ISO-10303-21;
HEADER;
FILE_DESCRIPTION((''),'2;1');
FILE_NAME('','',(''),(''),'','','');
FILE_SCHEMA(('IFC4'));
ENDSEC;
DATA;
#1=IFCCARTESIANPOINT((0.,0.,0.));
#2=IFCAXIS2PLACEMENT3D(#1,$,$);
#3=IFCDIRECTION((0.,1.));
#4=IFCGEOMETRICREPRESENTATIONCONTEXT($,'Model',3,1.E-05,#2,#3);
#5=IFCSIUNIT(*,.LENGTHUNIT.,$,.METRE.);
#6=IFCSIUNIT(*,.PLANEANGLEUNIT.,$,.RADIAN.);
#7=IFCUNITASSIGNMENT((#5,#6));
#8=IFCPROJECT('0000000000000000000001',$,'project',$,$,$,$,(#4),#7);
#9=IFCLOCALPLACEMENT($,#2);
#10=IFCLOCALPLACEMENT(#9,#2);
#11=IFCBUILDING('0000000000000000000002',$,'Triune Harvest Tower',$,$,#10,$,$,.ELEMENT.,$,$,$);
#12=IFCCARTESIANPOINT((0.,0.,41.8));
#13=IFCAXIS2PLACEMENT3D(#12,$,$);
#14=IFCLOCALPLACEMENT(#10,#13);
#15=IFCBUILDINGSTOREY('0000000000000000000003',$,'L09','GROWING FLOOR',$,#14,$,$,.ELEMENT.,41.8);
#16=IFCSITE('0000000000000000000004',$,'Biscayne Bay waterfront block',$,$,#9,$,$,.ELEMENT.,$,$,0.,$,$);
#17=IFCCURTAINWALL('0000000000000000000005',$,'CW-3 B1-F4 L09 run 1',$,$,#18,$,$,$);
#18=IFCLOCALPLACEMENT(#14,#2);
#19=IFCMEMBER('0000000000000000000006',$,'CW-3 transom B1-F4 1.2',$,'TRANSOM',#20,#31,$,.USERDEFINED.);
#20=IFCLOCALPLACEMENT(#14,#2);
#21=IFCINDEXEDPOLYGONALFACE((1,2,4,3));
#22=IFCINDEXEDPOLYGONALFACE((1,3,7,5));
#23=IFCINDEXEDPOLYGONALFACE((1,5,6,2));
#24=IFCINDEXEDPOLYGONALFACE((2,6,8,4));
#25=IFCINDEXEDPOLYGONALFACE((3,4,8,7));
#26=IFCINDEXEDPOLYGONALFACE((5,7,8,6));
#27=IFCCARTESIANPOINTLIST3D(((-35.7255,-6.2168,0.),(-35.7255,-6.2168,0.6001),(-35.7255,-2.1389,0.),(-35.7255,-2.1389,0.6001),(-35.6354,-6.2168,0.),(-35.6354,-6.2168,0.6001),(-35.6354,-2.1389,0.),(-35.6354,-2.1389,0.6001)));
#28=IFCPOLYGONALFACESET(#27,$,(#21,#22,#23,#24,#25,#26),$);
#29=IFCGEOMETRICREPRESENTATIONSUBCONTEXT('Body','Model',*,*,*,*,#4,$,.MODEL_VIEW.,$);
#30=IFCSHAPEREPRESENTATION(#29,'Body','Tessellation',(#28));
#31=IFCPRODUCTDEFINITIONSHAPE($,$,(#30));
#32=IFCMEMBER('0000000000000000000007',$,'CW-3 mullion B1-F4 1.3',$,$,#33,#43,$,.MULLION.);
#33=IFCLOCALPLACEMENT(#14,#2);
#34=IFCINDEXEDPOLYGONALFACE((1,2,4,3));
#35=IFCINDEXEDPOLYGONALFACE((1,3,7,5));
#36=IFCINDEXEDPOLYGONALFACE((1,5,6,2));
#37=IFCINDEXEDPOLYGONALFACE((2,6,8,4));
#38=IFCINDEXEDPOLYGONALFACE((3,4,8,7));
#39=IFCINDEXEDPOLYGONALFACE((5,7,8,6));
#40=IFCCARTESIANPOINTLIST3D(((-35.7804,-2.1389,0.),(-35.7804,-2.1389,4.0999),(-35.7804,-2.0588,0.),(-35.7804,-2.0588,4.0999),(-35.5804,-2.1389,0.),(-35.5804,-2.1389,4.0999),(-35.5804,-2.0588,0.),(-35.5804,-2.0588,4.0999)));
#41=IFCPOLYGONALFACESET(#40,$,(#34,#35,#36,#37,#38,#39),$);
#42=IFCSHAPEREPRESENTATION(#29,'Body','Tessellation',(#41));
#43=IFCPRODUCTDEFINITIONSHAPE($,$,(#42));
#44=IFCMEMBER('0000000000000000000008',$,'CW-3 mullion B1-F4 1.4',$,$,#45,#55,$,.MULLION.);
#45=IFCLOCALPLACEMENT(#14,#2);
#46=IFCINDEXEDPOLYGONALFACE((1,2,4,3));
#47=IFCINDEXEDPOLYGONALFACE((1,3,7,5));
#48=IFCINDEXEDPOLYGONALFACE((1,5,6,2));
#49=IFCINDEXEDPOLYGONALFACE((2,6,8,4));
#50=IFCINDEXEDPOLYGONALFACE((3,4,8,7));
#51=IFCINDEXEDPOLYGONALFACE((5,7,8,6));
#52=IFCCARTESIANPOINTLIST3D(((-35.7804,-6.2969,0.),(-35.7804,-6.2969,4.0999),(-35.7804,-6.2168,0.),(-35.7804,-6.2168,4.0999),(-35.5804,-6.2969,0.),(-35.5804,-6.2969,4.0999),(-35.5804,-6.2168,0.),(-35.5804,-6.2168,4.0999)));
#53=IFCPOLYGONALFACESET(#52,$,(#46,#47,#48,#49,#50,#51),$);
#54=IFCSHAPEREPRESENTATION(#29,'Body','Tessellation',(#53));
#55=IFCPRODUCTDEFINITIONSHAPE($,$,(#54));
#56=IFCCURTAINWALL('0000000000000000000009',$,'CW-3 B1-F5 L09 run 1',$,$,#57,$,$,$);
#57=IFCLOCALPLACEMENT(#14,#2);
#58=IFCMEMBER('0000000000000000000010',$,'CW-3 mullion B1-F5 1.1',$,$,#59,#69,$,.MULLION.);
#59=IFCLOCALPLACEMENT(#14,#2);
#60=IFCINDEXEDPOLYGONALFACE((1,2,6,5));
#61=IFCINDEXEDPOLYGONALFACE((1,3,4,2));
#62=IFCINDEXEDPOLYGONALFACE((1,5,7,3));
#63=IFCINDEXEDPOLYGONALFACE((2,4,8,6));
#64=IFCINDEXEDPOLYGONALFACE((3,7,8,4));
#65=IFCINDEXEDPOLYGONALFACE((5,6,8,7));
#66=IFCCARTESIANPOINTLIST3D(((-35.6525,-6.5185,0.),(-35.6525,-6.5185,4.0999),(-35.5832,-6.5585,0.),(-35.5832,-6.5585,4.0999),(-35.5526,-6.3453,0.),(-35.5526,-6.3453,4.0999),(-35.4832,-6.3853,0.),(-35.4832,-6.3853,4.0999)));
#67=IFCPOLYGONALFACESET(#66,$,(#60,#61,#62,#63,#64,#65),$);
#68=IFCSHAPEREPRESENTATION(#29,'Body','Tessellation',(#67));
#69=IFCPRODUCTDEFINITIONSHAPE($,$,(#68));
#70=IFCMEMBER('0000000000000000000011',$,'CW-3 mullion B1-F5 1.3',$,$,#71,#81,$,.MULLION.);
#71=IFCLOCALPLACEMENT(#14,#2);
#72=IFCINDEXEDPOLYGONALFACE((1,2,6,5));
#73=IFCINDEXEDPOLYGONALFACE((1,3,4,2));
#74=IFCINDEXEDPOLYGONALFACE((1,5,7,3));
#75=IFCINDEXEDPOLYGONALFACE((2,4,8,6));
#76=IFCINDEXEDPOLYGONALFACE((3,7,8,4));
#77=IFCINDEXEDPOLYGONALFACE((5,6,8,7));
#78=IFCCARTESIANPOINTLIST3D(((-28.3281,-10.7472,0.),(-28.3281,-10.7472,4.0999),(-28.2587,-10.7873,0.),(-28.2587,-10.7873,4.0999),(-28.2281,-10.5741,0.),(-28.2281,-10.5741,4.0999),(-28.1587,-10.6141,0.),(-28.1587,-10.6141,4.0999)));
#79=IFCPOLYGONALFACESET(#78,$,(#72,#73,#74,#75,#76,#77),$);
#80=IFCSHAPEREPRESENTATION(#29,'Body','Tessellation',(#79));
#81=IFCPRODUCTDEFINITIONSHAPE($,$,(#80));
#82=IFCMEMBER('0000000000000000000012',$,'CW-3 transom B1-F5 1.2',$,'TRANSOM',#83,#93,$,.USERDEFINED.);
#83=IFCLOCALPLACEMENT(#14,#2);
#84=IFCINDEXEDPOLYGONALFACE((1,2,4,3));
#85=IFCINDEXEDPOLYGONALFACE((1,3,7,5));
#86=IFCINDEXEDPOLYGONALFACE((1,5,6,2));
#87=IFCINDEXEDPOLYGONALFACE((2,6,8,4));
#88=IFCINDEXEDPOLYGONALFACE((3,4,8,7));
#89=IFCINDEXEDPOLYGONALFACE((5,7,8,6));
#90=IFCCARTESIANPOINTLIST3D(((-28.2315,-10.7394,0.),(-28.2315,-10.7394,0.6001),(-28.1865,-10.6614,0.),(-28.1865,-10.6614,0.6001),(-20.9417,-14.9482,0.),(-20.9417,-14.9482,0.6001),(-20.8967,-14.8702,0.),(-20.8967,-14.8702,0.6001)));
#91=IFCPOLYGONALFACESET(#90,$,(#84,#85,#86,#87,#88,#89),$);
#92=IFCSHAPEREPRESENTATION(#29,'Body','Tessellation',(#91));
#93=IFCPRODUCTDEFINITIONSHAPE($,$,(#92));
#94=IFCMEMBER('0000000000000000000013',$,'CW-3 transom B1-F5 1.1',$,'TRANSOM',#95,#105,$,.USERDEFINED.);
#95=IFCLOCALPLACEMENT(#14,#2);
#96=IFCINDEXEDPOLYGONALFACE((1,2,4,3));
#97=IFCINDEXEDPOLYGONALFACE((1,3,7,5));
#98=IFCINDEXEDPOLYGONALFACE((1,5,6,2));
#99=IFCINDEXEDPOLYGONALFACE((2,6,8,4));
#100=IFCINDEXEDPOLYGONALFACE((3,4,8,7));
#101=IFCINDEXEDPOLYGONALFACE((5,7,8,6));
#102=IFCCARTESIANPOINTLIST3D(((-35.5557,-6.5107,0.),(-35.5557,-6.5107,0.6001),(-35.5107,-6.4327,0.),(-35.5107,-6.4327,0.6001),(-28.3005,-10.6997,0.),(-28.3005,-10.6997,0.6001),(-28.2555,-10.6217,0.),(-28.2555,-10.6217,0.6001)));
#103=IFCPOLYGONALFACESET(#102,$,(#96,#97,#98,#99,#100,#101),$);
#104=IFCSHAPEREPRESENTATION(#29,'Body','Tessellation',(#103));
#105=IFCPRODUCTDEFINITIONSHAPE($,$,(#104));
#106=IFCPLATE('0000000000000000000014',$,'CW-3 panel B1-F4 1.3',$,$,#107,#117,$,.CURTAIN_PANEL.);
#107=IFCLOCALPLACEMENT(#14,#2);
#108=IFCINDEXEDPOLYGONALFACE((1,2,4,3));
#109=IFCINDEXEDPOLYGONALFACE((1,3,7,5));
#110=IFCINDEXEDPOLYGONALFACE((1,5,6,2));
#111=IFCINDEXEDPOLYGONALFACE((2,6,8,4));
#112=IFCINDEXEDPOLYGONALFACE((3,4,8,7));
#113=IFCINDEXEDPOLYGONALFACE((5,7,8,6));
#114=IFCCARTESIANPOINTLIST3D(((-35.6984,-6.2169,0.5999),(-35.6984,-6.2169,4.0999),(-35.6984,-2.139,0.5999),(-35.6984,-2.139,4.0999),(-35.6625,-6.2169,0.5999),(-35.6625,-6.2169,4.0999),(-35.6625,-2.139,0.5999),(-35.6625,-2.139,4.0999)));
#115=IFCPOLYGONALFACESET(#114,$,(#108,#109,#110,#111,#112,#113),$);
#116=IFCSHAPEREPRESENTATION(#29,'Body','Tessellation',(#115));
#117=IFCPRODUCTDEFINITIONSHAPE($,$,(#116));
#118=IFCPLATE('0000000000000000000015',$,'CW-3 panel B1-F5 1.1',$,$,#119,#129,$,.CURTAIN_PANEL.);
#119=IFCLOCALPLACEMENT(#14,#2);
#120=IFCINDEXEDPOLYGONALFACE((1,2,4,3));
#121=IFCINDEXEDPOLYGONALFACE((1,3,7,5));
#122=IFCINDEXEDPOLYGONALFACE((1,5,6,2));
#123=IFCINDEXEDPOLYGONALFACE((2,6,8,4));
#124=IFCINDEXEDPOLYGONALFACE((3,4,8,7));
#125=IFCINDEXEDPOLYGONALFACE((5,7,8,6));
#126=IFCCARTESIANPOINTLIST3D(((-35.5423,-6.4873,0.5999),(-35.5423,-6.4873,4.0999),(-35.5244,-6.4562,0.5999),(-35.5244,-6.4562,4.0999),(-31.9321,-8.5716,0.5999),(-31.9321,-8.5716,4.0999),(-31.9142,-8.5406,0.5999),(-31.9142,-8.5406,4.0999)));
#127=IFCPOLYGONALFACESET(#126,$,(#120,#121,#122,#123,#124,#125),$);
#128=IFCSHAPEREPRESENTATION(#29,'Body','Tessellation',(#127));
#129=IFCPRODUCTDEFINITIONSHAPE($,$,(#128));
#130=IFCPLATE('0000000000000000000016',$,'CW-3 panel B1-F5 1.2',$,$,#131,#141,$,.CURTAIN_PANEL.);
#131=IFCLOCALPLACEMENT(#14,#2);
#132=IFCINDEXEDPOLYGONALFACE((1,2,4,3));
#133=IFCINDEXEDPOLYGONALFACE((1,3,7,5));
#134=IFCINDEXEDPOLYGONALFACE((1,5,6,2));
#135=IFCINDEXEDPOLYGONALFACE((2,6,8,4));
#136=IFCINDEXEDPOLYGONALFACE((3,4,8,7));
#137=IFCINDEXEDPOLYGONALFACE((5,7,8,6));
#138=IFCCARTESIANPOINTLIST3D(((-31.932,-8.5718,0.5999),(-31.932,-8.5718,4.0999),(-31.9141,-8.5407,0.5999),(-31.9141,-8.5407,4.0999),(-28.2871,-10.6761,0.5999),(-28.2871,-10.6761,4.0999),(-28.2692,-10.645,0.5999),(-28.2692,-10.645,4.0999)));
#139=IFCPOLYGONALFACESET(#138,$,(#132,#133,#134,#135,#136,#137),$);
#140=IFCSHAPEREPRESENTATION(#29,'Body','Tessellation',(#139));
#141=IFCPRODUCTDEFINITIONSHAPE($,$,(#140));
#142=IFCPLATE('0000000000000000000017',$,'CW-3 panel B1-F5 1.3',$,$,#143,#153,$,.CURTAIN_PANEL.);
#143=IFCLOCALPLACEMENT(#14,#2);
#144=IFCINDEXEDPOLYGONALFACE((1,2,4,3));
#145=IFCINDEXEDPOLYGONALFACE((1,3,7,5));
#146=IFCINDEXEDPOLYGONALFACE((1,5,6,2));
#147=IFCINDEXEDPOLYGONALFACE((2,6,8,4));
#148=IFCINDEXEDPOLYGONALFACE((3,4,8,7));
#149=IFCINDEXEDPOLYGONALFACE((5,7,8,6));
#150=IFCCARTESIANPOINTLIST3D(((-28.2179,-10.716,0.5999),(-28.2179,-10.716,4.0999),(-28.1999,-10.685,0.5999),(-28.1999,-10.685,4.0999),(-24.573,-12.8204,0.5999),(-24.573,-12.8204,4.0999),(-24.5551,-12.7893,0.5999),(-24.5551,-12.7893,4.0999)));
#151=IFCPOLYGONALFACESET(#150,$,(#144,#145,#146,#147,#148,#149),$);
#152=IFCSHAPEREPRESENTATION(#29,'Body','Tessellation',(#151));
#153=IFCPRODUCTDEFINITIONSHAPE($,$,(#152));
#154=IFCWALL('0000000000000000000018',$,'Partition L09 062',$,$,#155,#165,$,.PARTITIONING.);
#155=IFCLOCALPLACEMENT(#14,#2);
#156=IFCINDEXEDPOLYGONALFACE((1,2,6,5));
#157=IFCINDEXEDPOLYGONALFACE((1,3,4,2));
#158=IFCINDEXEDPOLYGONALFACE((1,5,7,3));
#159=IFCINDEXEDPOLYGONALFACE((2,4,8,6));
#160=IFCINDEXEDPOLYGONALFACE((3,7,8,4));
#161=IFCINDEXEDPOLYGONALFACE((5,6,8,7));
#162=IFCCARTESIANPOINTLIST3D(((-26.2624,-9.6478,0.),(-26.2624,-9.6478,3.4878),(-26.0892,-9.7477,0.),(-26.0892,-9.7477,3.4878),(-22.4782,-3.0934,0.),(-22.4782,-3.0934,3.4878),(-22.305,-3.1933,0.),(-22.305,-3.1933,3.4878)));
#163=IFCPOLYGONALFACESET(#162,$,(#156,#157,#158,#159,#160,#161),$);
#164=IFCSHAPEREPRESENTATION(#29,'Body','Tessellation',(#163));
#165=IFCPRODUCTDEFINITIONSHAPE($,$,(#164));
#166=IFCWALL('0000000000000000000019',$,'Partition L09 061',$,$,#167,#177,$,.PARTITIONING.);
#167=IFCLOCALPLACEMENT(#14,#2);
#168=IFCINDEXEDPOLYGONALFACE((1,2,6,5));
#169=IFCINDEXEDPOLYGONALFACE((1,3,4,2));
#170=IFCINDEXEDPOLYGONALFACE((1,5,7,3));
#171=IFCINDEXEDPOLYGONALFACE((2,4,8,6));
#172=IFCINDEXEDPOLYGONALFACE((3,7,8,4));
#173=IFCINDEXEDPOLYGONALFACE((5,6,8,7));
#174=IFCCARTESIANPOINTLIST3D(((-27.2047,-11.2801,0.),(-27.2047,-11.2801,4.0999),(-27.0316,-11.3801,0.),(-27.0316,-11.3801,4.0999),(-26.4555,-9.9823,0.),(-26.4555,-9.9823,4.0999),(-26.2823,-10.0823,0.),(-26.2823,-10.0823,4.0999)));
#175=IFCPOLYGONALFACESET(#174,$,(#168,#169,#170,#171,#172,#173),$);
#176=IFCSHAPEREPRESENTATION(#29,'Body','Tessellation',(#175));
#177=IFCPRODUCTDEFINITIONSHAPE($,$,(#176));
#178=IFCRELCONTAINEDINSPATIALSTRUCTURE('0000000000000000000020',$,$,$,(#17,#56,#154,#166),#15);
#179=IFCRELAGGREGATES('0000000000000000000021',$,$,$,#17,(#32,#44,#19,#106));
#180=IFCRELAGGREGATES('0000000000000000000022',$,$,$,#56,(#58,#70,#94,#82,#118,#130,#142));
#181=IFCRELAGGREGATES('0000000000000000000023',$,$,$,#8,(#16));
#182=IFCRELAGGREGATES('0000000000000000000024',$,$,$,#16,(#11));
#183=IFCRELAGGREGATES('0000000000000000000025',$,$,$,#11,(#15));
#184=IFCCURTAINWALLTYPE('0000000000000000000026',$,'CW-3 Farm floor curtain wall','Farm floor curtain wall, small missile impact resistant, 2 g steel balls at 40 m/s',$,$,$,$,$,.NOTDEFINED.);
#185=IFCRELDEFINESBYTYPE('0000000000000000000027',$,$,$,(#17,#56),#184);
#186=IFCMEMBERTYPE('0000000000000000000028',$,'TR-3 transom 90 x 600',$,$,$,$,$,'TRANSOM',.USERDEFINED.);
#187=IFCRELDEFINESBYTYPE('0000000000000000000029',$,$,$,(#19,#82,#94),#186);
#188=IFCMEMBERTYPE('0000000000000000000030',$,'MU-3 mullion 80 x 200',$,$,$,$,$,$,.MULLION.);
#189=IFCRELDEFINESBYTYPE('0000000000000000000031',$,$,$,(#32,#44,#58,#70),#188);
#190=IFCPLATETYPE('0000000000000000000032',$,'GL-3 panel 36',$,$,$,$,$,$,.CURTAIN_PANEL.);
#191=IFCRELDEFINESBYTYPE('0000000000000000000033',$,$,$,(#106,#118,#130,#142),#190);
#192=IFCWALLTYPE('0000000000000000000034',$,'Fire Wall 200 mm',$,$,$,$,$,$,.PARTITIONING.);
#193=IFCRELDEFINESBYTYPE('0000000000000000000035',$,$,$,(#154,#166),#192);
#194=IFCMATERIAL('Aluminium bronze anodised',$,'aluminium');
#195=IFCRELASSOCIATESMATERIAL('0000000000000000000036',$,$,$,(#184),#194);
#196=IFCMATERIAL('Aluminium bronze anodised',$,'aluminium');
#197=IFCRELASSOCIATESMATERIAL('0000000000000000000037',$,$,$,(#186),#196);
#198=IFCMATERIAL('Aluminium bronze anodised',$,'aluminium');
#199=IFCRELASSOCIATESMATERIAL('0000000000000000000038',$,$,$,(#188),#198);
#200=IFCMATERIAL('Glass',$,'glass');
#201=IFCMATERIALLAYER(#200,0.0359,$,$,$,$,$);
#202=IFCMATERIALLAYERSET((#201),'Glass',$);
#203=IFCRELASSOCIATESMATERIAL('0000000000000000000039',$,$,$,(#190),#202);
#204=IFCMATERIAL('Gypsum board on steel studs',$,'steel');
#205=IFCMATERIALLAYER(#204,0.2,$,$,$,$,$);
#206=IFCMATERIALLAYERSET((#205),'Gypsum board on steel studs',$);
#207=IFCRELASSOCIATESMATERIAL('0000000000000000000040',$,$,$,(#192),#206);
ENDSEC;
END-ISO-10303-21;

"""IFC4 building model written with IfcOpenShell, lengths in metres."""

from ifc_helpers import new_model, si_unit, direction, frame, frame_2d, origin, origin_2d, place, context, subcontext, project, spatial, rectangle, extrude, source, transform, mapped, material, layer, layer_set, material_profile, profile_set, type_object, element, aggregate, save


model = new_model("IFC4")

# Units and contexts
model_context = context("Model", 3, precision=1e-05, world=origin(), true_north=direction((0.0, 1.0)))
body_context = subcontext(model_context, "Body", "Model", "MODEL_VIEW")
ifc_project = project(units=[si_unit("LENGTHUNIT", "METRE"), si_unit("PLANEANGLEUNIT", "RADIAN")], contexts=[model_context])

# Site, building, storey
site_placement = place(None, origin())
site = spatial("IfcSite", under=ifc_project, at=site_placement, Name="Biscayne Bay waterfront block", CompositionType="ELEMENT", RefElevation=0.0)
building_placement = place(site_placement, origin())
building = spatial("IfcBuilding", under=site, at=building_placement, Name="Triune Harvest Tower", CompositionType="ELEMENT")
storey_placement = place(building_placement, frame((0.0, 0.0, 41.8)))
storey = spatial("IfcBuildingStorey", under=building, at=storey_placement, Name="L09", Description="GROWING FLOOR", CompositionType="ELEMENT", Elevation=41.8)

# Curtain walls, members
ifc_material_1 = material(Name="Aluminium bronze anodised", Category="aluminium")
curtain_wall_type = type_object("IfcCurtainWallType", Name="CW-3 Farm floor curtain wall", Description="Farm floor curtain wall, small missile impact resistant, 2 g steel balls at 40 m/s", PredefinedType="NOTDEFINED", material=ifc_material_1)
curtain_wall_1_placement = place(storey_placement, origin())
curtain_wall_1 = element("IfcCurtainWall", 1, at=curtain_wall_1_placement, inside=storey, type_object=curtain_wall_type, Name="CW-3 B1-F4 L09 run 1")
ifc_material_2 = material(Name="Aluminium bronze anodised", Category="aluminium")
ifc_material_profile_1 = material_profile(ifc_material_2, rectangle(XDim=0.0901, YDim=0.6001, at=origin_2d()), Name="TR-3 transom 90 x 600")
ifc_profile_set_1 = profile_set([ifc_material_profile_1], Name="Aluminium bronze anodised")
member_type_1 = type_object("IfcMemberType", Name="TR-3 transom 90 x 600", ElementType="TRANSOM", PredefinedType="USERDEFINED", material=ifc_profile_set_1)
shared_shape_1 = source(origin(), body_context, "Body", "SweptSolid", [
    extrude(rectangle(XDim=0.0901, YDim=0.6001, at=origin_2d()), origin(), (0.0, 0.0, 1.0), 4.0779),
])
member_1_placement = place(storey_placement, frame((-35.6804, -2.1389, 0.3), z_axis=(0.0, -1.0, 0.0), x_axis=(1.0, 0.0, 0.0)))
member_1 = element("IfcMember", 2, at=member_1_placement, type_object=member_type_1, Name="CW-3 transom B1-F4 1.2", ObjectType="TRANSOM", PredefinedType="USERDEFINED", context=body_context, shape_type="MappedRepresentation", body=[
    mapped(shared_shape_1, transform((0.0, 0.0, 0.0), scale=1.0)),
])
ifc_material_3 = material(Name="Aluminium bronze anodised", Category="aluminium")
ifc_material_profile_2 = material_profile(ifc_material_3, rectangle(XDim=0.2, YDim=0.0801, at=origin_2d()), Name="MU-3 mullion 80 x 200")
ifc_profile_set_2 = profile_set([ifc_material_profile_2], Name="Aluminium bronze anodised")
member_type_2 = type_object("IfcMemberType", Name="MU-3 mullion 80 x 200", PredefinedType="MULLION", material=ifc_profile_set_2)
shared_shape_2 = source(origin(), body_context, "Body", "SweptSolid", [
    extrude(rectangle(XDim=0.2, YDim=0.0801, at=origin_2d()), origin(), (0.0, 0.0, 1.0), 4.0999),
])
member_2_placement = place(storey_placement, frame((-35.6804, -2.0989, 0.0), z_axis=(0.0, 0.0, 1.0), x_axis=(1.0, 0.0, 0.0)))
member_2 = element("IfcMember", 3, at=member_2_placement, type_object=member_type_2, Name="CW-3 mullion B1-F4 1.3", PredefinedType="MULLION", context=body_context, shape_type="MappedRepresentation", body=[
    mapped(shared_shape_2, transform((0.0, 0.0, 0.0), scale=1.0)),
])
member_3_placement = place(storey_placement, frame((-35.6804, -6.2568, 0.0), z_axis=(0.0, 0.0, 1.0), x_axis=(1.0, 0.0, 0.0)))
member_3 = element("IfcMember", 4, at=member_3_placement, type_object=member_type_2, Name="CW-3 mullion B1-F4 1.4", PredefinedType="MULLION", context=body_context, shape_type="MappedRepresentation", body=[
    mapped(shared_shape_2, transform((0.0, 0.0, 0.0), scale=1.0)),
])
curtain_wall_2_placement = place(storey_placement, origin())
curtain_wall_2 = element("IfcCurtainWall", 5, at=curtain_wall_2_placement, inside=storey, type_object=curtain_wall_type, Name="CW-3 B1-F5 L09 run 1")
member_4_placement = place(storey_placement, frame((-35.5679, -6.4519, 0.0), z_axis=(0.0, 0.0, 1.0), x_axis=(0.5, 0.866026, 0.0)))
member_4 = element("IfcMember", 6, at=member_4_placement, type_object=member_type_2, Name="CW-3 mullion B1-F5 1.1", PredefinedType="MULLION", context=body_context, shape_type="MappedRepresentation", body=[
    mapped(shared_shape_2, transform((0.0, 0.0, 0.0), scale=1.0)),
])
member_5_placement = place(storey_placement, frame((-28.2434, -10.6807, 0.0), z_axis=(0.0, 0.0, 1.0), x_axis=(0.5, 0.866026, 0.0)))
member_5 = element("IfcMember", 7, at=member_5_placement, type_object=member_type_2, Name="CW-3 mullion B1-F5 1.3", PredefinedType="MULLION", context=body_context, shape_type="MappedRepresentation", body=[
    mapped(shared_shape_2, transform((0.0, 0.0, 0.0), scale=1.0)),
])
shared_shape_3 = source(origin(), body_context, "Body", "SweptSolid", [
    extrude(rectangle(XDim=0.0901, YDim=0.6001, at=origin_2d()), origin(), (0.0, 0.0, 1.0), 8.4175),
])
member_6_placement = place(storey_placement, frame((-28.209, -10.7004, 0.3), z_axis=(0.866027, -0.499998, 0.0), x_axis=(0.499998, 0.866027, 0.0)))
member_6 = element("IfcMember", 8, at=member_6_placement, type_object=member_type_1, Name="CW-3 transom B1-F5 1.2", ObjectType="TRANSOM", PredefinedType="USERDEFINED", context=body_context, shape_type="MappedRepresentation", body=[
    mapped(shared_shape_3, transform((0.0, 0.0, 0.0), scale=1.0)),
])
shared_shape_4 = source(origin(), body_context, "Body", "SweptSolid", [
    extrude(rectangle(XDim=0.0901, YDim=0.6001, at=origin_2d()), origin(), (0.0, 0.0, 1.0), 8.3777),
])
member_7_placement = place(storey_placement, frame((-35.5332, -6.4717, 0.3), z_axis=(0.866014, -0.500019, 0.0), x_axis=(0.500019, 0.866014, 0.0)))
member_7 = element("IfcMember", 9, at=member_7_placement, type_object=member_type_1, Name="CW-3 transom B1-F5 1.1", ObjectType="TRANSOM", PredefinedType="USERDEFINED", context=body_context, shape_type="MappedRepresentation", body=[
    mapped(shared_shape_4, transform((0.0, 0.0, 0.0), scale=1.0)),
])

# Plates
ifc_material_4 = material(Name="Glass", Category="glass")
ifc_layer_1 = layer(ifc_material_4, 0.0359)
ifc_layer_set_1 = layer_set([ifc_layer_1], Name="Glass")
plate_type = type_object("IfcPlateType", Name="GL-3 panel 36", PredefinedType="CURTAIN_PANEL", material=ifc_layer_set_1)
shared_shape_5 = source(origin(), body_context, "Body", "SweptSolid", [
    extrude(rectangle(XDim=4.0779, YDim=0.0359, at=origin_2d()), origin(), (0.0, 0.0, 1.0), 3.5),
])
plate_1_placement = place(storey_placement, frame((-35.6804, -4.178, 0.5999), z_axis=(0.0, 0.0, 1.0), x_axis=(0.0, -1.0, 0.0)))
plate_1 = element("IfcPlate", 10, at=plate_1_placement, type_object=plate_type, Name="CW-3 panel B1-F4 1.3", PredefinedType="CURTAIN_PANEL", context=body_context, shape_type="MappedRepresentation", body=[
    mapped(shared_shape_5, transform((0.0, 0.0, 0.0), scale=1.0)),
])
aggregate(curtain_wall_1, [member_2, member_3, member_1, plate_1])
shared_shape_6 = source(origin(), body_context, "Body", "SweptSolid", [
    extrude(rectangle(XDim=4.1687, YDim=0.0359, at=origin_2d()), origin(), (0.0, 0.0, 1.0), 3.5),
])
plate_2_placement = place(storey_placement, frame((-33.7283, -7.5139, 0.5999), z_axis=(0.0, 0.0, 1.0), x_axis=(0.866026, -0.5, 0.0)))
plate_2 = element("IfcPlate", 11, at=plate_2_placement, type_object=plate_type, Name="CW-3 panel B1-F5 1.1", PredefinedType="CURTAIN_PANEL", context=body_context, shape_type="MappedRepresentation", body=[
    mapped(shared_shape_6, transform((0.0, 0.0, 0.0), scale=1.0)),
])
shared_shape_7 = source(origin(), body_context, "Body", "SweptSolid", [
    extrude(rectangle(XDim=4.2087, YDim=0.0359, at=origin_2d()), origin(), (0.0, 0.0, 1.0), 3.5),
])
plate_3_placement = place(storey_placement, frame((-30.1006, -9.6084, 0.5999), z_axis=(0.0, 0.0, 1.0), x_axis=(0.866026, -0.5, 0.0)))
plate_3 = element("IfcPlate", 12, at=plate_3_placement, type_object=plate_type, Name="CW-3 panel B1-F5 1.2", PredefinedType="CURTAIN_PANEL", context=body_context, shape_type="MappedRepresentation", body=[
    mapped(shared_shape_7, transform((0.0, 0.0, 0.0), scale=1.0)),
])
plate_4_placement = place(storey_placement, frame((-26.3865, -11.7527, 0.5999), z_axis=(0.0, 0.0, 1.0), x_axis=(0.866026, -0.5, 0.0)))
plate_4 = element("IfcPlate", 13, at=plate_4_placement, type_object=plate_type, Name="CW-3 panel B1-F5 1.3", PredefinedType="CURTAIN_PANEL", context=body_context, shape_type="MappedRepresentation", body=[
    mapped(shared_shape_7, transform((0.0, 0.0, 0.0), scale=1.0)),
])
aggregate(curtain_wall_2, [member_4, member_5, member_7, member_6, plate_2, plate_3, plate_4])

# Walls
ifc_material_5 = material(Name="Gypsum board on steel studs", Category="steel")
ifc_layer_2 = layer(ifc_material_5, 0.2)
ifc_layer_set_2 = layer_set([ifc_layer_2], Name="Gypsum board on steel studs")
wall_type = type_object("IfcWallType", Name="Fire Wall 200 mm", PredefinedType="PARTITIONING", material=ifc_layer_set_2)
shared_shape_8 = source(origin(), body_context, "Body", "SweptSolid", [
    extrude(rectangle(XDim=7.5684, YDim=0.2, at=frame_2d((3.7842, 0.0))), origin(), (0.0, 0.0, 1.0), 3.4878),
])
wall_1_placement = place(storey_placement, frame((-26.1758, -9.6978, 0.0), z_axis=(0.0, 0.0, 1.0), x_axis=(0.499997, 0.866027, 0.0)))
element("IfcWall", 14, at=wall_1_placement, inside=storey, type_object=wall_type, Name="Partition L09 062", PredefinedType="PARTITIONING", context=body_context, shape_type="MappedRepresentation", body=[
    mapped(shared_shape_8, transform((0.0, 0.0, 0.0), scale=1.0)),
])
shared_shape_9 = source(origin(), body_context, "Body", "SweptSolid", [
    extrude(rectangle(XDim=1.4985, YDim=0.2, at=frame_2d((0.7493, 0.0))), origin(), (0.0, 0.0, 1.0), 4.0999),
])
wall_2_placement = place(storey_placement, frame((-27.1182, -11.3301, 0.0), z_axis=(0.0, 0.0, 1.0), x_axis=(0.499976, 0.866039, 0.0)))
element("IfcWall", 15, at=wall_2_placement, inside=storey, type_object=wall_type, Name="Partition L09 061", PredefinedType="PARTITIONING", context=body_context, shape_type="MappedRepresentation", body=[
    mapped(shared_shape_9, transform((0.0, 0.0, 0.0), scale=1.0)),
])

save(model, "model.ifc")
